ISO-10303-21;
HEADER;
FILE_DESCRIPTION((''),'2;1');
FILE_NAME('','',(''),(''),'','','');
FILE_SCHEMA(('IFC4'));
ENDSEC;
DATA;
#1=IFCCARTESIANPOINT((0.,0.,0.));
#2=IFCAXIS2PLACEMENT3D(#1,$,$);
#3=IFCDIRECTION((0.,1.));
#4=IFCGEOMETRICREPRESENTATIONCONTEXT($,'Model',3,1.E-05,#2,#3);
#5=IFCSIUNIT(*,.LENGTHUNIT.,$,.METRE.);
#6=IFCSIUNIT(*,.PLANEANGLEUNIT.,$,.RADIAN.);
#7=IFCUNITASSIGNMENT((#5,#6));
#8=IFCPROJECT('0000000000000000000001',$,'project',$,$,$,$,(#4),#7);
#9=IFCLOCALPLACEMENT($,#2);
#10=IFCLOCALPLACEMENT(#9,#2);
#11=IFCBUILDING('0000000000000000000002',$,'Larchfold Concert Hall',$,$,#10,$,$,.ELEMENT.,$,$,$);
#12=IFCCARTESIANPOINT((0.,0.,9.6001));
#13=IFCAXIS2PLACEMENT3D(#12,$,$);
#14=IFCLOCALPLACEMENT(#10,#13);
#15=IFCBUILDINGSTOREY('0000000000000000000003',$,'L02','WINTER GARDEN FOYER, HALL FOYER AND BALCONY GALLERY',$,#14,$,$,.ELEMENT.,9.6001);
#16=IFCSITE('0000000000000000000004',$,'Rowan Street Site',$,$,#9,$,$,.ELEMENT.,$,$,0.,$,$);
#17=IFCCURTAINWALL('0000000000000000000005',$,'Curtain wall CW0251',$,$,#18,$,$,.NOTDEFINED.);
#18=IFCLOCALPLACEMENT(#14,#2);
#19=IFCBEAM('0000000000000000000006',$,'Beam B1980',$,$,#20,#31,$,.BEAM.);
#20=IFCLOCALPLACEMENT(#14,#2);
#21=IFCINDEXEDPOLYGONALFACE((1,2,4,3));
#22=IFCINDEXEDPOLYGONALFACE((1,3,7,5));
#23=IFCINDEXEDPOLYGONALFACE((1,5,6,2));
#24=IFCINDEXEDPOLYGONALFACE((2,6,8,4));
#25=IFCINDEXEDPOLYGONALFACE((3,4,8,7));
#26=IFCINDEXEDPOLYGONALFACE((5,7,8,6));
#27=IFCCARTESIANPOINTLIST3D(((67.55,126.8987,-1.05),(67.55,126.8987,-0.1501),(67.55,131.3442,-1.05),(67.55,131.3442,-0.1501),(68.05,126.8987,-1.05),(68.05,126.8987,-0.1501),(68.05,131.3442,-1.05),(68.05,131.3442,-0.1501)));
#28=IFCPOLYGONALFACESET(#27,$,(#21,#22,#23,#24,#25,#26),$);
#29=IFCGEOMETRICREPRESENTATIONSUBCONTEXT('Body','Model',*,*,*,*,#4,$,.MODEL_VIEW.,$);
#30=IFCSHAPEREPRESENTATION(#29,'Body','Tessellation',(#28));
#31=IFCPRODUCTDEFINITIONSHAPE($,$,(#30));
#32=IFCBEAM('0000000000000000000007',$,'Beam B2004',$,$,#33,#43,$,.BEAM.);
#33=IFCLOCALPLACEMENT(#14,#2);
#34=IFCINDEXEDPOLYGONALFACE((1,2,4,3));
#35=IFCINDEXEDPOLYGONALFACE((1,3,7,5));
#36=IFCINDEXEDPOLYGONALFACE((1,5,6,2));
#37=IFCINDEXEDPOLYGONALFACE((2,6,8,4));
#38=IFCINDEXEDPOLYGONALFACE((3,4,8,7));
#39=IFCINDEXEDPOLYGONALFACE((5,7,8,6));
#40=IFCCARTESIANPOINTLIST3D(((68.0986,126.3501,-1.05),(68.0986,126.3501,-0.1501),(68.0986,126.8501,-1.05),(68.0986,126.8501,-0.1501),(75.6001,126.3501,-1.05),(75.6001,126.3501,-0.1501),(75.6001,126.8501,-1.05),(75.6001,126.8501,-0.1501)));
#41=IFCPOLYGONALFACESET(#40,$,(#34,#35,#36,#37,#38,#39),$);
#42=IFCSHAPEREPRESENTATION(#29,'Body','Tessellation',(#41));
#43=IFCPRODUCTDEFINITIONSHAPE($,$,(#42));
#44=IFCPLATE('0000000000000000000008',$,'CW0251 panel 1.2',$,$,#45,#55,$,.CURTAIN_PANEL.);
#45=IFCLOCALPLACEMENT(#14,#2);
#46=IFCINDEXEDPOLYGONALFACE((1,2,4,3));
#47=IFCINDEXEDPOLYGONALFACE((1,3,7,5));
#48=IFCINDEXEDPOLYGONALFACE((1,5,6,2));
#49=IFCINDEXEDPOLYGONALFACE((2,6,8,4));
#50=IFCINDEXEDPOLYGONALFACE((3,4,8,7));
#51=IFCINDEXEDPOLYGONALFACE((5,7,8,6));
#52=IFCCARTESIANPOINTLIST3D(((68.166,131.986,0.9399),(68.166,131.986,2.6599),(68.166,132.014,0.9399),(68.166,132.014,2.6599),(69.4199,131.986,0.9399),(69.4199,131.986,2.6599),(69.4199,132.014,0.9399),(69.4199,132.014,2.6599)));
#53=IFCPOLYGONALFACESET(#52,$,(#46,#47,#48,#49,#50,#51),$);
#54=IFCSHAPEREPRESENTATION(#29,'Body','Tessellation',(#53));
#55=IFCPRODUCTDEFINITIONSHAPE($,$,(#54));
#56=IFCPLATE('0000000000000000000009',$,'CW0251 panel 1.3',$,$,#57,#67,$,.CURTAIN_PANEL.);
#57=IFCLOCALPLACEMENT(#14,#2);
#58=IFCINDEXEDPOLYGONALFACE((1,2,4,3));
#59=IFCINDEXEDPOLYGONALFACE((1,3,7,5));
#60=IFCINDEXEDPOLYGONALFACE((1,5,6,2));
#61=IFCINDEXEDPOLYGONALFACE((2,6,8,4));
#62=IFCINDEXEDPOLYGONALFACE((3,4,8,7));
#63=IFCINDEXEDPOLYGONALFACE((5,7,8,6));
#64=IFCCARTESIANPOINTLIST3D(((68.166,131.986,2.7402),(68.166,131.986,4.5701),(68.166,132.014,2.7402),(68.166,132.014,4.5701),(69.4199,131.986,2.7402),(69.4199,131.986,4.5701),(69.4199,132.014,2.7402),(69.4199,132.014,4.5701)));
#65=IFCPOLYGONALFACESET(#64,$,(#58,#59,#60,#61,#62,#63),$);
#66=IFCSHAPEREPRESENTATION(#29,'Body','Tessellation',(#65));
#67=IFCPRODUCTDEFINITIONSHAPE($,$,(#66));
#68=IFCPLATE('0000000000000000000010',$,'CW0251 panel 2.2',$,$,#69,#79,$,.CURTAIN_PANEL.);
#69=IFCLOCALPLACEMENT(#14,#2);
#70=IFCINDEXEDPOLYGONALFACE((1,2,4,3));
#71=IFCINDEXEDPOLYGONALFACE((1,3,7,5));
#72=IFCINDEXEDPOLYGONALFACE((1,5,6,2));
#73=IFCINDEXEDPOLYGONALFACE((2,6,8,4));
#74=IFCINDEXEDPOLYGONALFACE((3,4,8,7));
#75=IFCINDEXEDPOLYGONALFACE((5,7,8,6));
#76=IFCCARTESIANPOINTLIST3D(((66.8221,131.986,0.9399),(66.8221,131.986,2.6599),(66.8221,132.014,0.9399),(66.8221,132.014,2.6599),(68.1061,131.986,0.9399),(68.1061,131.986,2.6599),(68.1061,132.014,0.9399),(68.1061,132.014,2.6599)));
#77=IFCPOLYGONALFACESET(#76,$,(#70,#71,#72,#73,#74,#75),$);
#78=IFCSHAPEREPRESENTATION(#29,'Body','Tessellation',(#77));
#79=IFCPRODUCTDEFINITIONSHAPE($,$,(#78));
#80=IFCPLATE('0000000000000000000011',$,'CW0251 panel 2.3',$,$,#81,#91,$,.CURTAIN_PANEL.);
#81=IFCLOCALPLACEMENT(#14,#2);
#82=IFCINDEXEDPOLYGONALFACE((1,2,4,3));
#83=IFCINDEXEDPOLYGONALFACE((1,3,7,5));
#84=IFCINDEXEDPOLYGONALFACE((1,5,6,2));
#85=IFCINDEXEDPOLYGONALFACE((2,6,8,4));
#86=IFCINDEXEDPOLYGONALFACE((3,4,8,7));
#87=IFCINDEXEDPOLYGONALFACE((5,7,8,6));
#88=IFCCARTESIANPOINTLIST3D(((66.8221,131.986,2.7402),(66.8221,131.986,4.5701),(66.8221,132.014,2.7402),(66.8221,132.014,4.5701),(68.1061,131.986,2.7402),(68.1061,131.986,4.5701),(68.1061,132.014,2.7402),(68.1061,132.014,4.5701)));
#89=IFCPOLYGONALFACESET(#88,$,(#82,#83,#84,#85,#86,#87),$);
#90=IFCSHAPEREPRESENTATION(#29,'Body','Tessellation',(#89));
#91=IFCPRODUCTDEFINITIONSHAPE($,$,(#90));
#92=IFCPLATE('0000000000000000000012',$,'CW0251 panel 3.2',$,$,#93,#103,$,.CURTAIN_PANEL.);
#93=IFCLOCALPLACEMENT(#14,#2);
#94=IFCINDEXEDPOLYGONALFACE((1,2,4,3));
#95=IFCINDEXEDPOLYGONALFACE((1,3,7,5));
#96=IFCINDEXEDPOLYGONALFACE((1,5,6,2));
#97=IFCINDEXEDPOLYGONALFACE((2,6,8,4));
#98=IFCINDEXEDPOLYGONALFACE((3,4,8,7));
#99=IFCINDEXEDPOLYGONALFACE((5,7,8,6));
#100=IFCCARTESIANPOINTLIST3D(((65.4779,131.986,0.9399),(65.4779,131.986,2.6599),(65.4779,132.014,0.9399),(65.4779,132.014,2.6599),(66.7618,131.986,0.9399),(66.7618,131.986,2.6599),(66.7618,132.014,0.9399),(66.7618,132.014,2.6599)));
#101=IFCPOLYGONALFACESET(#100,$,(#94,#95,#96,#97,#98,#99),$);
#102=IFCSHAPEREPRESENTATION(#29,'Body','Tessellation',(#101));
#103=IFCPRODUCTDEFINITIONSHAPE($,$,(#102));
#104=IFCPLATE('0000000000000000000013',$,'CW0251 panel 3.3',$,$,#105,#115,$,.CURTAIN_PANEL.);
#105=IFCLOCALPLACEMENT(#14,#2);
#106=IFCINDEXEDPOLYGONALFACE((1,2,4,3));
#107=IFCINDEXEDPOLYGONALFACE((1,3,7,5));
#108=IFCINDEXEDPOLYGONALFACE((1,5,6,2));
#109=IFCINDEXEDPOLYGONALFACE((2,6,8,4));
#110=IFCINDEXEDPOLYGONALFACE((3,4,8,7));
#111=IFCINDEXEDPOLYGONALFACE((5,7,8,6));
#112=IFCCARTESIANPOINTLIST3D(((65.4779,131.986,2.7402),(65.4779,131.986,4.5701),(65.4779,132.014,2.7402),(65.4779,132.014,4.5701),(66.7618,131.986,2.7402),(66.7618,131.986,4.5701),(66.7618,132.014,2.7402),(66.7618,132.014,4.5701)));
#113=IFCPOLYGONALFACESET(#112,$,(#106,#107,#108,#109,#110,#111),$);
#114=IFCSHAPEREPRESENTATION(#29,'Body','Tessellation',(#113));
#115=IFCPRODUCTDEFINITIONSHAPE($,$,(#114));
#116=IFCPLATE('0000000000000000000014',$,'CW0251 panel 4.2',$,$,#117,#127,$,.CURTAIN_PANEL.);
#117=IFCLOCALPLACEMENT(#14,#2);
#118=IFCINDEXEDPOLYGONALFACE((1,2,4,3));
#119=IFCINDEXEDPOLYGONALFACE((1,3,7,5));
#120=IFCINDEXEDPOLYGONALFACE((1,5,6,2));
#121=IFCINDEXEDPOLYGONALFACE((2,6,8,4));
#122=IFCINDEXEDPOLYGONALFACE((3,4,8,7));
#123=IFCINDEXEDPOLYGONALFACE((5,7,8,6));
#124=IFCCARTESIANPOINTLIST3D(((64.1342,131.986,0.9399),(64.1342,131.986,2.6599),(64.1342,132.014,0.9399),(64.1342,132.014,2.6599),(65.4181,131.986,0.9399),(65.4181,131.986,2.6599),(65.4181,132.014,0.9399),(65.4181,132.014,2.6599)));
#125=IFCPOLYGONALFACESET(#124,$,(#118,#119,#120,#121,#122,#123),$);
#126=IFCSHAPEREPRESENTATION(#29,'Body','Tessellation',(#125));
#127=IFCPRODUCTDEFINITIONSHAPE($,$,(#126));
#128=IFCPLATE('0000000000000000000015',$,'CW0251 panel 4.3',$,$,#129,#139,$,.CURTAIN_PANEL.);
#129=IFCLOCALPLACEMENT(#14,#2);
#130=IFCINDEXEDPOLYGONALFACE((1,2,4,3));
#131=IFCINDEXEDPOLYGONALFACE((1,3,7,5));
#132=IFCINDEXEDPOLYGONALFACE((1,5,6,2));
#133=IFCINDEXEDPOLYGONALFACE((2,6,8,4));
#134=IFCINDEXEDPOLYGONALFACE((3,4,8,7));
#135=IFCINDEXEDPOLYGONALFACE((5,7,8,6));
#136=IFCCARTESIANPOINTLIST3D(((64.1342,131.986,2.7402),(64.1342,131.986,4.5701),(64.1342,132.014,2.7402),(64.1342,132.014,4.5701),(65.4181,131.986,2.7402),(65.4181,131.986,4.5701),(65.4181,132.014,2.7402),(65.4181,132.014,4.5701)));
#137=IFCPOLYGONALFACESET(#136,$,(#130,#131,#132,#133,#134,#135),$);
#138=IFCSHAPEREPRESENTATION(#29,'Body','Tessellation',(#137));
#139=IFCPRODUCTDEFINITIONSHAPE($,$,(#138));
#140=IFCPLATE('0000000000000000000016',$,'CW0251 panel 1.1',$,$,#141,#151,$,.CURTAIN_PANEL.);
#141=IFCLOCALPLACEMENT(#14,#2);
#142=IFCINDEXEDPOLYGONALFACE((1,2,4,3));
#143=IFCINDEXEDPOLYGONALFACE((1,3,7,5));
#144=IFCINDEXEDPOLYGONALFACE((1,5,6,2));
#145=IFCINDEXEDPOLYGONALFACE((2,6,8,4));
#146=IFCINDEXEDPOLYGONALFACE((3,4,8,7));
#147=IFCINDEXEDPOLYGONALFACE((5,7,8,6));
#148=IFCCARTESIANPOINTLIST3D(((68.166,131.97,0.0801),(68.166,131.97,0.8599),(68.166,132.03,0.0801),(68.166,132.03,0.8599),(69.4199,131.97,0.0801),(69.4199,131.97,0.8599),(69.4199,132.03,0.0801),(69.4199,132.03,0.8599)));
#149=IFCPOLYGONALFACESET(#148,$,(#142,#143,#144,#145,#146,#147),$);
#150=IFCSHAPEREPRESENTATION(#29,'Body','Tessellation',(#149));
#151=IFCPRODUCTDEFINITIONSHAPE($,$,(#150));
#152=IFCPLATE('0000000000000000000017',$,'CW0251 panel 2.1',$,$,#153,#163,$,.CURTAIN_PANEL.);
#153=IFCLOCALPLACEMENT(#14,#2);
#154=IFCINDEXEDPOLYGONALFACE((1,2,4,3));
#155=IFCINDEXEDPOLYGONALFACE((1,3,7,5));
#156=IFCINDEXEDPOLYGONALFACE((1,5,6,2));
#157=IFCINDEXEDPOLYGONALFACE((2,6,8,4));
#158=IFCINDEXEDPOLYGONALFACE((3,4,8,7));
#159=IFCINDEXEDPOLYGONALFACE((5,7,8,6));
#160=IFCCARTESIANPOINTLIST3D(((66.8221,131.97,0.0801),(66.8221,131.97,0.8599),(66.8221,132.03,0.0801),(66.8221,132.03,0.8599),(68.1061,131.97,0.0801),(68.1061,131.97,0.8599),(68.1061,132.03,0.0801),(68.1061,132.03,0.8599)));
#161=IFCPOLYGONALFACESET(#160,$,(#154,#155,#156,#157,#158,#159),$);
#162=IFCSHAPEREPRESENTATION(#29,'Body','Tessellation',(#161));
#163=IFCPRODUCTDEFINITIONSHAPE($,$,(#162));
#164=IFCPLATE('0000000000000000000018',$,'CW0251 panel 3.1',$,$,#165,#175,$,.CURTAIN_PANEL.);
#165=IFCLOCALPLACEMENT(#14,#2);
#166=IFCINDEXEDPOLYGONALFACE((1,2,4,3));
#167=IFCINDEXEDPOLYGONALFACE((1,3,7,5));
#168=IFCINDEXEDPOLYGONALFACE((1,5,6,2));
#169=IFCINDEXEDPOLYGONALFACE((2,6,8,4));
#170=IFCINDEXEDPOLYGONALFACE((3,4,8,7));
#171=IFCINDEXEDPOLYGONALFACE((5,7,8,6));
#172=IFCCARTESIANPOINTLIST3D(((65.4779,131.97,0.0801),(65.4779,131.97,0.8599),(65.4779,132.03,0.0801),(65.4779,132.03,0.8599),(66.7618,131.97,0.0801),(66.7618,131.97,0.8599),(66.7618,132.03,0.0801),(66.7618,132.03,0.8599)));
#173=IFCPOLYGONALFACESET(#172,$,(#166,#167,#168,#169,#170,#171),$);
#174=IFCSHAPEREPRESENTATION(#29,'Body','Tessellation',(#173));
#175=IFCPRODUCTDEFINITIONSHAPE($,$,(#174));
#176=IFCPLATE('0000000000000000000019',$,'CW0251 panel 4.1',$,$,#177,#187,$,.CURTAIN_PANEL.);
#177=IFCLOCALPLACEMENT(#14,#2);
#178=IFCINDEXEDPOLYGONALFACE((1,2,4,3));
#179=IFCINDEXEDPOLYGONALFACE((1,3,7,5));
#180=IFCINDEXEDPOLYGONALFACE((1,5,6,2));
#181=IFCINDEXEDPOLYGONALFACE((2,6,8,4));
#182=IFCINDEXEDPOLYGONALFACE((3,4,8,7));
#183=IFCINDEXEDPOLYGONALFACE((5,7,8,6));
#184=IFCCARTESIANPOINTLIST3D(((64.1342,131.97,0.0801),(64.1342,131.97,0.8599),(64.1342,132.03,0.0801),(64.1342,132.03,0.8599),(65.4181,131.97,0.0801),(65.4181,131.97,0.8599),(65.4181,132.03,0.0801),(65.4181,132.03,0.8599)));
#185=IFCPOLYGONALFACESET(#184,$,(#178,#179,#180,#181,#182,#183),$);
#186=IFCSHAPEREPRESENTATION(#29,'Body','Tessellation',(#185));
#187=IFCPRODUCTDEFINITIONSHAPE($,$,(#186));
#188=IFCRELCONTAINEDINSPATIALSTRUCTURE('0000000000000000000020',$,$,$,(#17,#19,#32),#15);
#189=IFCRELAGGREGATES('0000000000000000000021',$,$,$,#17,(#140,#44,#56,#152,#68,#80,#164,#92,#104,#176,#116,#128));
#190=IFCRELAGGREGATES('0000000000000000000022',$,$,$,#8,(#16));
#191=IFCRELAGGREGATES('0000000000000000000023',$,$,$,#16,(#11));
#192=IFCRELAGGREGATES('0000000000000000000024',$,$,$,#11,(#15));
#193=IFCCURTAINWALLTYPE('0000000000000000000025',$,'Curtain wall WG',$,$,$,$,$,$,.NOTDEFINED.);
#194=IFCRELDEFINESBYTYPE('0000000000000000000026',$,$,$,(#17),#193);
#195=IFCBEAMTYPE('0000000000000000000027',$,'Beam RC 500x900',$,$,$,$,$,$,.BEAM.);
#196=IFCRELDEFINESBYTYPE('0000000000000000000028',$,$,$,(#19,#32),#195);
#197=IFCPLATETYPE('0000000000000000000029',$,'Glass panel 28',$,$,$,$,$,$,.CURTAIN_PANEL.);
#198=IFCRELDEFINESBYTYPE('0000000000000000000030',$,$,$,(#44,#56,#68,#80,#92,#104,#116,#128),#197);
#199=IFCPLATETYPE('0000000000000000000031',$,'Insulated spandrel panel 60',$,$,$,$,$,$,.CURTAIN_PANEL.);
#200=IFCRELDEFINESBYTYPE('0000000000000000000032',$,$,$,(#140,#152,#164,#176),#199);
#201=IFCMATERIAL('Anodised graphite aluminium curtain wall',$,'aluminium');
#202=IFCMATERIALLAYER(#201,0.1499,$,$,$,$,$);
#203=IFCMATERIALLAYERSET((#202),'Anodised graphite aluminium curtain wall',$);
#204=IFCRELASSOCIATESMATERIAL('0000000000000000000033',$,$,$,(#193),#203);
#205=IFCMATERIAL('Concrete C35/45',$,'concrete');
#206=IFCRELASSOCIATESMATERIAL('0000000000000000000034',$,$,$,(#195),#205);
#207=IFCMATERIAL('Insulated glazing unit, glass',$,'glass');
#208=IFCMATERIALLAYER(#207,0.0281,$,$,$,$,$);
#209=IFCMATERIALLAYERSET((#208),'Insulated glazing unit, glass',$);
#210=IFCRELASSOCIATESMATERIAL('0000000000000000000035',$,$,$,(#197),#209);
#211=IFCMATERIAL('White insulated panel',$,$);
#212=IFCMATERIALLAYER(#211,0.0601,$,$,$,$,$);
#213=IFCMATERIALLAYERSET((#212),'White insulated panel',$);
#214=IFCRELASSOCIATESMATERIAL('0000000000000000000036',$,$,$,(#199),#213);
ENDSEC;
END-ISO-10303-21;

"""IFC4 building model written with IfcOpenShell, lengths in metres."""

from ifc_helpers import new_model, si_unit, direction, frame, origin, origin_2d, place, context, subcontext, project, spatial, rectangle, extrude, material, layer, layer_set, material_profile, profile_set, type_object, element, aggregate, save


model = new_model("IFC4")

# Units and contexts
model_context = context("Model", 3, precision=1e-05, world=origin(), true_north=direction((0.0, 1.0)))
body_context = subcontext(model_context, "Body", "Model", "MODEL_VIEW")
ifc_project = project(units=[si_unit("LENGTHUNIT", "METRE"), si_unit("PLANEANGLEUNIT", "RADIAN")], contexts=[model_context])

# Site, building, storey
site_placement = place(None, origin())
site = spatial("IfcSite", under=ifc_project, at=site_placement, Name="Rowan Street Site", CompositionType="ELEMENT", RefElevation=0.0)
building_placement = place(site_placement, origin())
building = spatial("IfcBuilding", under=site, at=building_placement, Name="Larchfold Concert Hall", CompositionType="ELEMENT")
storey_placement = place(building_placement, frame((0.0, 0.0, 9.6001)))
storey = spatial("IfcBuildingStorey", under=building, at=storey_placement, Name="L02", Description="WINTER GARDEN FOYER, HALL FOYER AND BALCONY GALLERY", CompositionType="ELEMENT", Elevation=9.6001)

# Curtain wall
ifc_material_1 = material(Name="Anodised graphite aluminium curtain wall", Category="aluminium")
ifc_layer_1 = layer(ifc_material_1, 0.1499)
ifc_layer_set_1 = layer_set([ifc_layer_1], Name="Anodised graphite aluminium curtain wall")
curtain_wall_type = type_object("IfcCurtainWallType", Name="Curtain wall WG", PredefinedType="NOTDEFINED", material=ifc_layer_set_1)
curtain_wall_placement = place(storey_placement, origin())
curtain_wall = element("IfcCurtainWall", 1, at=curtain_wall_placement, inside=storey, type_object=curtain_wall_type, Name="Curtain wall CW0251", PredefinedType="NOTDEFINED")

# Beams
ifc_material_2 = material(Name="Concrete C35/45", Category="concrete")
ifc_material_profile_1 = material_profile(ifc_material_2, rectangle(XDim=0.5, YDim=0.8999, at=origin_2d()))
ifc_profile_set_1 = profile_set([ifc_material_profile_1], Name="Concrete C35/45")
beam_type = type_object("IfcBeamType", Name="Beam RC 500x900", PredefinedType="BEAM", material=ifc_profile_set_1)
beam_1_placement = place(storey_placement, frame((67.8, 126.8987, -0.6001), z_axis=(0.0, 1.0, 0.0), x_axis=(-1.0, 0.0, 0.0)))
element("IfcBeam", 2, at=beam_1_placement, inside=storey, type_object=beam_type, Name="Beam B1980", PredefinedType="BEAM", context=body_context, shape_type="SweptSolid", body=[
    extrude(rectangle(XDim=0.5, YDim=0.8999, at=origin_2d()), origin(), (0.0, 0.0, 1.0), 4.4456),
])
beam_2_placement = place(storey_placement, frame((68.0986, 126.6001, -0.6001), z_axis=(1.0, 0.0, 0.0), x_axis=(0.0, 1.0, 0.0)))
element("IfcBeam", 3, at=beam_2_placement, inside=storey, type_object=beam_type, Name="Beam B2004", PredefinedType="BEAM", context=body_context, shape_type="SweptSolid", body=[
    extrude(rectangle(XDim=0.5, YDim=0.8999, at=origin_2d()), origin(), (0.0, 0.0, 1.0), 7.5015),
])

# Plates
ifc_material_3 = material(Name="Insulated glazing unit, glass", Category="glass")
ifc_layer_2 = layer(ifc_material_3, 0.0281)
ifc_layer_set_2 = layer_set([ifc_layer_2], Name="Insulated glazing unit, glass")
plate_type_1 = type_object("IfcPlateType", Name="Glass panel 28", PredefinedType="CURTAIN_PANEL", material=ifc_layer_set_2)
plate_1_placement = place(storey_placement, frame((68.793, 132.0, 0.9399), z_axis=(0.0, 0.0, 1.0), x_axis=(-1.0, 0.0, 0.0)))
plate_1 = element("IfcPlate", 4, at=plate_1_placement, type_object=plate_type_1, Name="CW0251 panel 1.2", PredefinedType="CURTAIN_PANEL", context=body_context, shape_type="SweptSolid", body=[
    extrude(rectangle(XDim=1.2539, YDim=0.0281, at=origin_2d()), origin(), (0.0, 0.0, 1.0), 1.72),
])
plate_2_placement = place(storey_placement, frame((68.793, 132.0, 2.7402), z_axis=(0.0, 0.0, 1.0), x_axis=(-1.0, 0.0, 0.0)))
plate_2 = element("IfcPlate", 5, at=plate_2_placement, type_object=plate_type_1, Name="CW0251 panel 1.3", PredefinedType="CURTAIN_PANEL", context=body_context, shape_type="SweptSolid", body=[
    extrude(rectangle(XDim=1.2539, YDim=0.0281, at=origin_2d()), origin(), (0.0, 0.0, 1.0), 1.8298),
])
plate_3_placement = place(storey_placement, frame((67.4641, 132.0, 0.9399), z_axis=(0.0, 0.0, 1.0), x_axis=(-1.0, 0.0, 0.0)))
plate_3 = element("IfcPlate", 6, at=plate_3_placement, type_object=plate_type_1, Name="CW0251 panel 2.2", PredefinedType="CURTAIN_PANEL", context=body_context, shape_type="SweptSolid", body=[
    extrude(rectangle(XDim=1.2839, YDim=0.0281, at=origin_2d()), origin(), (0.0, 0.0, 1.0), 1.72),
])
plate_4_placement = place(storey_placement, frame((67.4641, 132.0, 2.7402), z_axis=(0.0, 0.0, 1.0), x_axis=(-1.0, 0.0, 0.0)))
plate_4 = element("IfcPlate", 7, at=plate_4_placement, type_object=plate_type_1, Name="CW0251 panel 2.3", PredefinedType="CURTAIN_PANEL", context=body_context, shape_type="SweptSolid", body=[
    extrude(rectangle(XDim=1.2839, YDim=0.0281, at=origin_2d()), origin(), (0.0, 0.0, 1.0), 1.8298),
])
plate_5_placement = place(storey_placement, frame((66.1199, 132.0, 0.9399), z_axis=(0.0, 0.0, 1.0), x_axis=(-1.0, 0.0, 0.0)))
plate_5 = element("IfcPlate", 8, at=plate_5_placement, type_object=plate_type_1, Name="CW0251 panel 3.2", PredefinedType="CURTAIN_PANEL", context=body_context, shape_type="SweptSolid", body=[
    extrude(rectangle(XDim=1.2839, YDim=0.0281, at=origin_2d()), origin(), (0.0, 0.0, 1.0), 1.72),
])
plate_6_placement = place(storey_placement, frame((66.1199, 132.0, 2.7402), z_axis=(0.0, 0.0, 1.0), x_axis=(-1.0, 0.0, 0.0)))
plate_6 = element("IfcPlate", 9, at=plate_6_placement, type_object=plate_type_1, Name="CW0251 panel 3.3", PredefinedType="CURTAIN_PANEL", context=body_context, shape_type="SweptSolid", body=[
    extrude(rectangle(XDim=1.2839, YDim=0.0281, at=origin_2d()), origin(), (0.0, 0.0, 1.0), 1.8298),
])
plate_7_placement = place(storey_placement, frame((64.7761, 132.0, 0.9399), z_axis=(0.0, 0.0, 1.0), x_axis=(-1.0, 0.0, 0.0)))
plate_7 = element("IfcPlate", 10, at=plate_7_placement, type_object=plate_type_1, Name="CW0251 panel 4.2", PredefinedType="CURTAIN_PANEL", context=body_context, shape_type="SweptSolid", body=[
    extrude(rectangle(XDim=1.2839, YDim=0.0281, at=origin_2d()), origin(), (0.0, 0.0, 1.0), 1.72),
])
plate_8_placement = place(storey_placement, frame((64.7761, 132.0, 2.7402), z_axis=(0.0, 0.0, 1.0), x_axis=(-1.0, 0.0, 0.0)))
plate_8 = element("IfcPlate", 11, at=plate_8_placement, type_object=plate_type_1, Name="CW0251 panel 4.3", PredefinedType="CURTAIN_PANEL", context=body_context, shape_type="SweptSolid", body=[
    extrude(rectangle(XDim=1.2839, YDim=0.0281, at=origin_2d()), origin(), (0.0, 0.0, 1.0), 1.8298),
])
ifc_material_4 = material(Name="White insulated panel")
ifc_layer_3 = layer(ifc_material_4, 0.0601)
ifc_layer_set_3 = layer_set([ifc_layer_3], Name="White insulated panel")
plate_type_2 = type_object("IfcPlateType", Name="Insulated spandrel panel 60", PredefinedType="CURTAIN_PANEL", material=ifc_layer_set_3)
plate_9_placement = place(storey_placement, frame((68.793, 132.0, 0.0801), z_axis=(0.0, 0.0, 1.0), x_axis=(-1.0, 0.0, 0.0)))
plate_9 = element("IfcPlate", 12, at=plate_9_placement, type_object=plate_type_2, Name="CW0251 panel 1.1", PredefinedType="CURTAIN_PANEL", context=body_context, shape_type="SweptSolid", body=[
    extrude(rectangle(XDim=1.2539, YDim=0.0601, at=origin_2d()), origin(), (0.0, 0.0, 1.0), 0.7798),
])
plate_10_placement = place(storey_placement, frame((67.4641, 132.0, 0.0801), z_axis=(0.0, 0.0, 1.0), x_axis=(-1.0, 0.0, 0.0)))
plate_10 = element("IfcPlate", 13, at=plate_10_placement, type_object=plate_type_2, Name="CW0251 panel 2.1", PredefinedType="CURTAIN_PANEL", context=body_context, shape_type="SweptSolid", body=[
    extrude(rectangle(XDim=1.2839, YDim=0.0601, at=origin_2d()), origin(), (0.0, 0.0, 1.0), 0.7798),
])
plate_11_placement = place(storey_placement, frame((66.1199, 132.0, 0.0801), z_axis=(0.0, 0.0, 1.0), x_axis=(-1.0, 0.0, 0.0)))
plate_11 = element("IfcPlate", 14, at=plate_11_placement, type_object=plate_type_2, Name="CW0251 panel 3.1", PredefinedType="CURTAIN_PANEL", context=body_context, shape_type="SweptSolid", body=[
    extrude(rectangle(XDim=1.2839, YDim=0.0601, at=origin_2d()), origin(), (0.0, 0.0, 1.0), 0.7798),
])
plate_12_placement = place(storey_placement, frame((64.7761, 132.0, 0.0801), z_axis=(0.0, 0.0, 1.0), x_axis=(-1.0, 0.0, 0.0)))
plate_12 = element("IfcPlate", 15, at=plate_12_placement, type_object=plate_type_2, Name="CW0251 panel 4.1", PredefinedType="CURTAIN_PANEL", context=body_context, shape_type="SweptSolid", body=[
    extrude(rectangle(XDim=1.2839, YDim=0.0601, at=origin_2d()), origin(), (0.0, 0.0, 1.0), 0.7798),
])
aggregate(curtain_wall, [plate_9, plate_1, plate_2, plate_10, plate_3, plate_4, plate_11, plate_5, plate_6, plate_12, plate_7, plate_8])

save(model, "model.ifc")
